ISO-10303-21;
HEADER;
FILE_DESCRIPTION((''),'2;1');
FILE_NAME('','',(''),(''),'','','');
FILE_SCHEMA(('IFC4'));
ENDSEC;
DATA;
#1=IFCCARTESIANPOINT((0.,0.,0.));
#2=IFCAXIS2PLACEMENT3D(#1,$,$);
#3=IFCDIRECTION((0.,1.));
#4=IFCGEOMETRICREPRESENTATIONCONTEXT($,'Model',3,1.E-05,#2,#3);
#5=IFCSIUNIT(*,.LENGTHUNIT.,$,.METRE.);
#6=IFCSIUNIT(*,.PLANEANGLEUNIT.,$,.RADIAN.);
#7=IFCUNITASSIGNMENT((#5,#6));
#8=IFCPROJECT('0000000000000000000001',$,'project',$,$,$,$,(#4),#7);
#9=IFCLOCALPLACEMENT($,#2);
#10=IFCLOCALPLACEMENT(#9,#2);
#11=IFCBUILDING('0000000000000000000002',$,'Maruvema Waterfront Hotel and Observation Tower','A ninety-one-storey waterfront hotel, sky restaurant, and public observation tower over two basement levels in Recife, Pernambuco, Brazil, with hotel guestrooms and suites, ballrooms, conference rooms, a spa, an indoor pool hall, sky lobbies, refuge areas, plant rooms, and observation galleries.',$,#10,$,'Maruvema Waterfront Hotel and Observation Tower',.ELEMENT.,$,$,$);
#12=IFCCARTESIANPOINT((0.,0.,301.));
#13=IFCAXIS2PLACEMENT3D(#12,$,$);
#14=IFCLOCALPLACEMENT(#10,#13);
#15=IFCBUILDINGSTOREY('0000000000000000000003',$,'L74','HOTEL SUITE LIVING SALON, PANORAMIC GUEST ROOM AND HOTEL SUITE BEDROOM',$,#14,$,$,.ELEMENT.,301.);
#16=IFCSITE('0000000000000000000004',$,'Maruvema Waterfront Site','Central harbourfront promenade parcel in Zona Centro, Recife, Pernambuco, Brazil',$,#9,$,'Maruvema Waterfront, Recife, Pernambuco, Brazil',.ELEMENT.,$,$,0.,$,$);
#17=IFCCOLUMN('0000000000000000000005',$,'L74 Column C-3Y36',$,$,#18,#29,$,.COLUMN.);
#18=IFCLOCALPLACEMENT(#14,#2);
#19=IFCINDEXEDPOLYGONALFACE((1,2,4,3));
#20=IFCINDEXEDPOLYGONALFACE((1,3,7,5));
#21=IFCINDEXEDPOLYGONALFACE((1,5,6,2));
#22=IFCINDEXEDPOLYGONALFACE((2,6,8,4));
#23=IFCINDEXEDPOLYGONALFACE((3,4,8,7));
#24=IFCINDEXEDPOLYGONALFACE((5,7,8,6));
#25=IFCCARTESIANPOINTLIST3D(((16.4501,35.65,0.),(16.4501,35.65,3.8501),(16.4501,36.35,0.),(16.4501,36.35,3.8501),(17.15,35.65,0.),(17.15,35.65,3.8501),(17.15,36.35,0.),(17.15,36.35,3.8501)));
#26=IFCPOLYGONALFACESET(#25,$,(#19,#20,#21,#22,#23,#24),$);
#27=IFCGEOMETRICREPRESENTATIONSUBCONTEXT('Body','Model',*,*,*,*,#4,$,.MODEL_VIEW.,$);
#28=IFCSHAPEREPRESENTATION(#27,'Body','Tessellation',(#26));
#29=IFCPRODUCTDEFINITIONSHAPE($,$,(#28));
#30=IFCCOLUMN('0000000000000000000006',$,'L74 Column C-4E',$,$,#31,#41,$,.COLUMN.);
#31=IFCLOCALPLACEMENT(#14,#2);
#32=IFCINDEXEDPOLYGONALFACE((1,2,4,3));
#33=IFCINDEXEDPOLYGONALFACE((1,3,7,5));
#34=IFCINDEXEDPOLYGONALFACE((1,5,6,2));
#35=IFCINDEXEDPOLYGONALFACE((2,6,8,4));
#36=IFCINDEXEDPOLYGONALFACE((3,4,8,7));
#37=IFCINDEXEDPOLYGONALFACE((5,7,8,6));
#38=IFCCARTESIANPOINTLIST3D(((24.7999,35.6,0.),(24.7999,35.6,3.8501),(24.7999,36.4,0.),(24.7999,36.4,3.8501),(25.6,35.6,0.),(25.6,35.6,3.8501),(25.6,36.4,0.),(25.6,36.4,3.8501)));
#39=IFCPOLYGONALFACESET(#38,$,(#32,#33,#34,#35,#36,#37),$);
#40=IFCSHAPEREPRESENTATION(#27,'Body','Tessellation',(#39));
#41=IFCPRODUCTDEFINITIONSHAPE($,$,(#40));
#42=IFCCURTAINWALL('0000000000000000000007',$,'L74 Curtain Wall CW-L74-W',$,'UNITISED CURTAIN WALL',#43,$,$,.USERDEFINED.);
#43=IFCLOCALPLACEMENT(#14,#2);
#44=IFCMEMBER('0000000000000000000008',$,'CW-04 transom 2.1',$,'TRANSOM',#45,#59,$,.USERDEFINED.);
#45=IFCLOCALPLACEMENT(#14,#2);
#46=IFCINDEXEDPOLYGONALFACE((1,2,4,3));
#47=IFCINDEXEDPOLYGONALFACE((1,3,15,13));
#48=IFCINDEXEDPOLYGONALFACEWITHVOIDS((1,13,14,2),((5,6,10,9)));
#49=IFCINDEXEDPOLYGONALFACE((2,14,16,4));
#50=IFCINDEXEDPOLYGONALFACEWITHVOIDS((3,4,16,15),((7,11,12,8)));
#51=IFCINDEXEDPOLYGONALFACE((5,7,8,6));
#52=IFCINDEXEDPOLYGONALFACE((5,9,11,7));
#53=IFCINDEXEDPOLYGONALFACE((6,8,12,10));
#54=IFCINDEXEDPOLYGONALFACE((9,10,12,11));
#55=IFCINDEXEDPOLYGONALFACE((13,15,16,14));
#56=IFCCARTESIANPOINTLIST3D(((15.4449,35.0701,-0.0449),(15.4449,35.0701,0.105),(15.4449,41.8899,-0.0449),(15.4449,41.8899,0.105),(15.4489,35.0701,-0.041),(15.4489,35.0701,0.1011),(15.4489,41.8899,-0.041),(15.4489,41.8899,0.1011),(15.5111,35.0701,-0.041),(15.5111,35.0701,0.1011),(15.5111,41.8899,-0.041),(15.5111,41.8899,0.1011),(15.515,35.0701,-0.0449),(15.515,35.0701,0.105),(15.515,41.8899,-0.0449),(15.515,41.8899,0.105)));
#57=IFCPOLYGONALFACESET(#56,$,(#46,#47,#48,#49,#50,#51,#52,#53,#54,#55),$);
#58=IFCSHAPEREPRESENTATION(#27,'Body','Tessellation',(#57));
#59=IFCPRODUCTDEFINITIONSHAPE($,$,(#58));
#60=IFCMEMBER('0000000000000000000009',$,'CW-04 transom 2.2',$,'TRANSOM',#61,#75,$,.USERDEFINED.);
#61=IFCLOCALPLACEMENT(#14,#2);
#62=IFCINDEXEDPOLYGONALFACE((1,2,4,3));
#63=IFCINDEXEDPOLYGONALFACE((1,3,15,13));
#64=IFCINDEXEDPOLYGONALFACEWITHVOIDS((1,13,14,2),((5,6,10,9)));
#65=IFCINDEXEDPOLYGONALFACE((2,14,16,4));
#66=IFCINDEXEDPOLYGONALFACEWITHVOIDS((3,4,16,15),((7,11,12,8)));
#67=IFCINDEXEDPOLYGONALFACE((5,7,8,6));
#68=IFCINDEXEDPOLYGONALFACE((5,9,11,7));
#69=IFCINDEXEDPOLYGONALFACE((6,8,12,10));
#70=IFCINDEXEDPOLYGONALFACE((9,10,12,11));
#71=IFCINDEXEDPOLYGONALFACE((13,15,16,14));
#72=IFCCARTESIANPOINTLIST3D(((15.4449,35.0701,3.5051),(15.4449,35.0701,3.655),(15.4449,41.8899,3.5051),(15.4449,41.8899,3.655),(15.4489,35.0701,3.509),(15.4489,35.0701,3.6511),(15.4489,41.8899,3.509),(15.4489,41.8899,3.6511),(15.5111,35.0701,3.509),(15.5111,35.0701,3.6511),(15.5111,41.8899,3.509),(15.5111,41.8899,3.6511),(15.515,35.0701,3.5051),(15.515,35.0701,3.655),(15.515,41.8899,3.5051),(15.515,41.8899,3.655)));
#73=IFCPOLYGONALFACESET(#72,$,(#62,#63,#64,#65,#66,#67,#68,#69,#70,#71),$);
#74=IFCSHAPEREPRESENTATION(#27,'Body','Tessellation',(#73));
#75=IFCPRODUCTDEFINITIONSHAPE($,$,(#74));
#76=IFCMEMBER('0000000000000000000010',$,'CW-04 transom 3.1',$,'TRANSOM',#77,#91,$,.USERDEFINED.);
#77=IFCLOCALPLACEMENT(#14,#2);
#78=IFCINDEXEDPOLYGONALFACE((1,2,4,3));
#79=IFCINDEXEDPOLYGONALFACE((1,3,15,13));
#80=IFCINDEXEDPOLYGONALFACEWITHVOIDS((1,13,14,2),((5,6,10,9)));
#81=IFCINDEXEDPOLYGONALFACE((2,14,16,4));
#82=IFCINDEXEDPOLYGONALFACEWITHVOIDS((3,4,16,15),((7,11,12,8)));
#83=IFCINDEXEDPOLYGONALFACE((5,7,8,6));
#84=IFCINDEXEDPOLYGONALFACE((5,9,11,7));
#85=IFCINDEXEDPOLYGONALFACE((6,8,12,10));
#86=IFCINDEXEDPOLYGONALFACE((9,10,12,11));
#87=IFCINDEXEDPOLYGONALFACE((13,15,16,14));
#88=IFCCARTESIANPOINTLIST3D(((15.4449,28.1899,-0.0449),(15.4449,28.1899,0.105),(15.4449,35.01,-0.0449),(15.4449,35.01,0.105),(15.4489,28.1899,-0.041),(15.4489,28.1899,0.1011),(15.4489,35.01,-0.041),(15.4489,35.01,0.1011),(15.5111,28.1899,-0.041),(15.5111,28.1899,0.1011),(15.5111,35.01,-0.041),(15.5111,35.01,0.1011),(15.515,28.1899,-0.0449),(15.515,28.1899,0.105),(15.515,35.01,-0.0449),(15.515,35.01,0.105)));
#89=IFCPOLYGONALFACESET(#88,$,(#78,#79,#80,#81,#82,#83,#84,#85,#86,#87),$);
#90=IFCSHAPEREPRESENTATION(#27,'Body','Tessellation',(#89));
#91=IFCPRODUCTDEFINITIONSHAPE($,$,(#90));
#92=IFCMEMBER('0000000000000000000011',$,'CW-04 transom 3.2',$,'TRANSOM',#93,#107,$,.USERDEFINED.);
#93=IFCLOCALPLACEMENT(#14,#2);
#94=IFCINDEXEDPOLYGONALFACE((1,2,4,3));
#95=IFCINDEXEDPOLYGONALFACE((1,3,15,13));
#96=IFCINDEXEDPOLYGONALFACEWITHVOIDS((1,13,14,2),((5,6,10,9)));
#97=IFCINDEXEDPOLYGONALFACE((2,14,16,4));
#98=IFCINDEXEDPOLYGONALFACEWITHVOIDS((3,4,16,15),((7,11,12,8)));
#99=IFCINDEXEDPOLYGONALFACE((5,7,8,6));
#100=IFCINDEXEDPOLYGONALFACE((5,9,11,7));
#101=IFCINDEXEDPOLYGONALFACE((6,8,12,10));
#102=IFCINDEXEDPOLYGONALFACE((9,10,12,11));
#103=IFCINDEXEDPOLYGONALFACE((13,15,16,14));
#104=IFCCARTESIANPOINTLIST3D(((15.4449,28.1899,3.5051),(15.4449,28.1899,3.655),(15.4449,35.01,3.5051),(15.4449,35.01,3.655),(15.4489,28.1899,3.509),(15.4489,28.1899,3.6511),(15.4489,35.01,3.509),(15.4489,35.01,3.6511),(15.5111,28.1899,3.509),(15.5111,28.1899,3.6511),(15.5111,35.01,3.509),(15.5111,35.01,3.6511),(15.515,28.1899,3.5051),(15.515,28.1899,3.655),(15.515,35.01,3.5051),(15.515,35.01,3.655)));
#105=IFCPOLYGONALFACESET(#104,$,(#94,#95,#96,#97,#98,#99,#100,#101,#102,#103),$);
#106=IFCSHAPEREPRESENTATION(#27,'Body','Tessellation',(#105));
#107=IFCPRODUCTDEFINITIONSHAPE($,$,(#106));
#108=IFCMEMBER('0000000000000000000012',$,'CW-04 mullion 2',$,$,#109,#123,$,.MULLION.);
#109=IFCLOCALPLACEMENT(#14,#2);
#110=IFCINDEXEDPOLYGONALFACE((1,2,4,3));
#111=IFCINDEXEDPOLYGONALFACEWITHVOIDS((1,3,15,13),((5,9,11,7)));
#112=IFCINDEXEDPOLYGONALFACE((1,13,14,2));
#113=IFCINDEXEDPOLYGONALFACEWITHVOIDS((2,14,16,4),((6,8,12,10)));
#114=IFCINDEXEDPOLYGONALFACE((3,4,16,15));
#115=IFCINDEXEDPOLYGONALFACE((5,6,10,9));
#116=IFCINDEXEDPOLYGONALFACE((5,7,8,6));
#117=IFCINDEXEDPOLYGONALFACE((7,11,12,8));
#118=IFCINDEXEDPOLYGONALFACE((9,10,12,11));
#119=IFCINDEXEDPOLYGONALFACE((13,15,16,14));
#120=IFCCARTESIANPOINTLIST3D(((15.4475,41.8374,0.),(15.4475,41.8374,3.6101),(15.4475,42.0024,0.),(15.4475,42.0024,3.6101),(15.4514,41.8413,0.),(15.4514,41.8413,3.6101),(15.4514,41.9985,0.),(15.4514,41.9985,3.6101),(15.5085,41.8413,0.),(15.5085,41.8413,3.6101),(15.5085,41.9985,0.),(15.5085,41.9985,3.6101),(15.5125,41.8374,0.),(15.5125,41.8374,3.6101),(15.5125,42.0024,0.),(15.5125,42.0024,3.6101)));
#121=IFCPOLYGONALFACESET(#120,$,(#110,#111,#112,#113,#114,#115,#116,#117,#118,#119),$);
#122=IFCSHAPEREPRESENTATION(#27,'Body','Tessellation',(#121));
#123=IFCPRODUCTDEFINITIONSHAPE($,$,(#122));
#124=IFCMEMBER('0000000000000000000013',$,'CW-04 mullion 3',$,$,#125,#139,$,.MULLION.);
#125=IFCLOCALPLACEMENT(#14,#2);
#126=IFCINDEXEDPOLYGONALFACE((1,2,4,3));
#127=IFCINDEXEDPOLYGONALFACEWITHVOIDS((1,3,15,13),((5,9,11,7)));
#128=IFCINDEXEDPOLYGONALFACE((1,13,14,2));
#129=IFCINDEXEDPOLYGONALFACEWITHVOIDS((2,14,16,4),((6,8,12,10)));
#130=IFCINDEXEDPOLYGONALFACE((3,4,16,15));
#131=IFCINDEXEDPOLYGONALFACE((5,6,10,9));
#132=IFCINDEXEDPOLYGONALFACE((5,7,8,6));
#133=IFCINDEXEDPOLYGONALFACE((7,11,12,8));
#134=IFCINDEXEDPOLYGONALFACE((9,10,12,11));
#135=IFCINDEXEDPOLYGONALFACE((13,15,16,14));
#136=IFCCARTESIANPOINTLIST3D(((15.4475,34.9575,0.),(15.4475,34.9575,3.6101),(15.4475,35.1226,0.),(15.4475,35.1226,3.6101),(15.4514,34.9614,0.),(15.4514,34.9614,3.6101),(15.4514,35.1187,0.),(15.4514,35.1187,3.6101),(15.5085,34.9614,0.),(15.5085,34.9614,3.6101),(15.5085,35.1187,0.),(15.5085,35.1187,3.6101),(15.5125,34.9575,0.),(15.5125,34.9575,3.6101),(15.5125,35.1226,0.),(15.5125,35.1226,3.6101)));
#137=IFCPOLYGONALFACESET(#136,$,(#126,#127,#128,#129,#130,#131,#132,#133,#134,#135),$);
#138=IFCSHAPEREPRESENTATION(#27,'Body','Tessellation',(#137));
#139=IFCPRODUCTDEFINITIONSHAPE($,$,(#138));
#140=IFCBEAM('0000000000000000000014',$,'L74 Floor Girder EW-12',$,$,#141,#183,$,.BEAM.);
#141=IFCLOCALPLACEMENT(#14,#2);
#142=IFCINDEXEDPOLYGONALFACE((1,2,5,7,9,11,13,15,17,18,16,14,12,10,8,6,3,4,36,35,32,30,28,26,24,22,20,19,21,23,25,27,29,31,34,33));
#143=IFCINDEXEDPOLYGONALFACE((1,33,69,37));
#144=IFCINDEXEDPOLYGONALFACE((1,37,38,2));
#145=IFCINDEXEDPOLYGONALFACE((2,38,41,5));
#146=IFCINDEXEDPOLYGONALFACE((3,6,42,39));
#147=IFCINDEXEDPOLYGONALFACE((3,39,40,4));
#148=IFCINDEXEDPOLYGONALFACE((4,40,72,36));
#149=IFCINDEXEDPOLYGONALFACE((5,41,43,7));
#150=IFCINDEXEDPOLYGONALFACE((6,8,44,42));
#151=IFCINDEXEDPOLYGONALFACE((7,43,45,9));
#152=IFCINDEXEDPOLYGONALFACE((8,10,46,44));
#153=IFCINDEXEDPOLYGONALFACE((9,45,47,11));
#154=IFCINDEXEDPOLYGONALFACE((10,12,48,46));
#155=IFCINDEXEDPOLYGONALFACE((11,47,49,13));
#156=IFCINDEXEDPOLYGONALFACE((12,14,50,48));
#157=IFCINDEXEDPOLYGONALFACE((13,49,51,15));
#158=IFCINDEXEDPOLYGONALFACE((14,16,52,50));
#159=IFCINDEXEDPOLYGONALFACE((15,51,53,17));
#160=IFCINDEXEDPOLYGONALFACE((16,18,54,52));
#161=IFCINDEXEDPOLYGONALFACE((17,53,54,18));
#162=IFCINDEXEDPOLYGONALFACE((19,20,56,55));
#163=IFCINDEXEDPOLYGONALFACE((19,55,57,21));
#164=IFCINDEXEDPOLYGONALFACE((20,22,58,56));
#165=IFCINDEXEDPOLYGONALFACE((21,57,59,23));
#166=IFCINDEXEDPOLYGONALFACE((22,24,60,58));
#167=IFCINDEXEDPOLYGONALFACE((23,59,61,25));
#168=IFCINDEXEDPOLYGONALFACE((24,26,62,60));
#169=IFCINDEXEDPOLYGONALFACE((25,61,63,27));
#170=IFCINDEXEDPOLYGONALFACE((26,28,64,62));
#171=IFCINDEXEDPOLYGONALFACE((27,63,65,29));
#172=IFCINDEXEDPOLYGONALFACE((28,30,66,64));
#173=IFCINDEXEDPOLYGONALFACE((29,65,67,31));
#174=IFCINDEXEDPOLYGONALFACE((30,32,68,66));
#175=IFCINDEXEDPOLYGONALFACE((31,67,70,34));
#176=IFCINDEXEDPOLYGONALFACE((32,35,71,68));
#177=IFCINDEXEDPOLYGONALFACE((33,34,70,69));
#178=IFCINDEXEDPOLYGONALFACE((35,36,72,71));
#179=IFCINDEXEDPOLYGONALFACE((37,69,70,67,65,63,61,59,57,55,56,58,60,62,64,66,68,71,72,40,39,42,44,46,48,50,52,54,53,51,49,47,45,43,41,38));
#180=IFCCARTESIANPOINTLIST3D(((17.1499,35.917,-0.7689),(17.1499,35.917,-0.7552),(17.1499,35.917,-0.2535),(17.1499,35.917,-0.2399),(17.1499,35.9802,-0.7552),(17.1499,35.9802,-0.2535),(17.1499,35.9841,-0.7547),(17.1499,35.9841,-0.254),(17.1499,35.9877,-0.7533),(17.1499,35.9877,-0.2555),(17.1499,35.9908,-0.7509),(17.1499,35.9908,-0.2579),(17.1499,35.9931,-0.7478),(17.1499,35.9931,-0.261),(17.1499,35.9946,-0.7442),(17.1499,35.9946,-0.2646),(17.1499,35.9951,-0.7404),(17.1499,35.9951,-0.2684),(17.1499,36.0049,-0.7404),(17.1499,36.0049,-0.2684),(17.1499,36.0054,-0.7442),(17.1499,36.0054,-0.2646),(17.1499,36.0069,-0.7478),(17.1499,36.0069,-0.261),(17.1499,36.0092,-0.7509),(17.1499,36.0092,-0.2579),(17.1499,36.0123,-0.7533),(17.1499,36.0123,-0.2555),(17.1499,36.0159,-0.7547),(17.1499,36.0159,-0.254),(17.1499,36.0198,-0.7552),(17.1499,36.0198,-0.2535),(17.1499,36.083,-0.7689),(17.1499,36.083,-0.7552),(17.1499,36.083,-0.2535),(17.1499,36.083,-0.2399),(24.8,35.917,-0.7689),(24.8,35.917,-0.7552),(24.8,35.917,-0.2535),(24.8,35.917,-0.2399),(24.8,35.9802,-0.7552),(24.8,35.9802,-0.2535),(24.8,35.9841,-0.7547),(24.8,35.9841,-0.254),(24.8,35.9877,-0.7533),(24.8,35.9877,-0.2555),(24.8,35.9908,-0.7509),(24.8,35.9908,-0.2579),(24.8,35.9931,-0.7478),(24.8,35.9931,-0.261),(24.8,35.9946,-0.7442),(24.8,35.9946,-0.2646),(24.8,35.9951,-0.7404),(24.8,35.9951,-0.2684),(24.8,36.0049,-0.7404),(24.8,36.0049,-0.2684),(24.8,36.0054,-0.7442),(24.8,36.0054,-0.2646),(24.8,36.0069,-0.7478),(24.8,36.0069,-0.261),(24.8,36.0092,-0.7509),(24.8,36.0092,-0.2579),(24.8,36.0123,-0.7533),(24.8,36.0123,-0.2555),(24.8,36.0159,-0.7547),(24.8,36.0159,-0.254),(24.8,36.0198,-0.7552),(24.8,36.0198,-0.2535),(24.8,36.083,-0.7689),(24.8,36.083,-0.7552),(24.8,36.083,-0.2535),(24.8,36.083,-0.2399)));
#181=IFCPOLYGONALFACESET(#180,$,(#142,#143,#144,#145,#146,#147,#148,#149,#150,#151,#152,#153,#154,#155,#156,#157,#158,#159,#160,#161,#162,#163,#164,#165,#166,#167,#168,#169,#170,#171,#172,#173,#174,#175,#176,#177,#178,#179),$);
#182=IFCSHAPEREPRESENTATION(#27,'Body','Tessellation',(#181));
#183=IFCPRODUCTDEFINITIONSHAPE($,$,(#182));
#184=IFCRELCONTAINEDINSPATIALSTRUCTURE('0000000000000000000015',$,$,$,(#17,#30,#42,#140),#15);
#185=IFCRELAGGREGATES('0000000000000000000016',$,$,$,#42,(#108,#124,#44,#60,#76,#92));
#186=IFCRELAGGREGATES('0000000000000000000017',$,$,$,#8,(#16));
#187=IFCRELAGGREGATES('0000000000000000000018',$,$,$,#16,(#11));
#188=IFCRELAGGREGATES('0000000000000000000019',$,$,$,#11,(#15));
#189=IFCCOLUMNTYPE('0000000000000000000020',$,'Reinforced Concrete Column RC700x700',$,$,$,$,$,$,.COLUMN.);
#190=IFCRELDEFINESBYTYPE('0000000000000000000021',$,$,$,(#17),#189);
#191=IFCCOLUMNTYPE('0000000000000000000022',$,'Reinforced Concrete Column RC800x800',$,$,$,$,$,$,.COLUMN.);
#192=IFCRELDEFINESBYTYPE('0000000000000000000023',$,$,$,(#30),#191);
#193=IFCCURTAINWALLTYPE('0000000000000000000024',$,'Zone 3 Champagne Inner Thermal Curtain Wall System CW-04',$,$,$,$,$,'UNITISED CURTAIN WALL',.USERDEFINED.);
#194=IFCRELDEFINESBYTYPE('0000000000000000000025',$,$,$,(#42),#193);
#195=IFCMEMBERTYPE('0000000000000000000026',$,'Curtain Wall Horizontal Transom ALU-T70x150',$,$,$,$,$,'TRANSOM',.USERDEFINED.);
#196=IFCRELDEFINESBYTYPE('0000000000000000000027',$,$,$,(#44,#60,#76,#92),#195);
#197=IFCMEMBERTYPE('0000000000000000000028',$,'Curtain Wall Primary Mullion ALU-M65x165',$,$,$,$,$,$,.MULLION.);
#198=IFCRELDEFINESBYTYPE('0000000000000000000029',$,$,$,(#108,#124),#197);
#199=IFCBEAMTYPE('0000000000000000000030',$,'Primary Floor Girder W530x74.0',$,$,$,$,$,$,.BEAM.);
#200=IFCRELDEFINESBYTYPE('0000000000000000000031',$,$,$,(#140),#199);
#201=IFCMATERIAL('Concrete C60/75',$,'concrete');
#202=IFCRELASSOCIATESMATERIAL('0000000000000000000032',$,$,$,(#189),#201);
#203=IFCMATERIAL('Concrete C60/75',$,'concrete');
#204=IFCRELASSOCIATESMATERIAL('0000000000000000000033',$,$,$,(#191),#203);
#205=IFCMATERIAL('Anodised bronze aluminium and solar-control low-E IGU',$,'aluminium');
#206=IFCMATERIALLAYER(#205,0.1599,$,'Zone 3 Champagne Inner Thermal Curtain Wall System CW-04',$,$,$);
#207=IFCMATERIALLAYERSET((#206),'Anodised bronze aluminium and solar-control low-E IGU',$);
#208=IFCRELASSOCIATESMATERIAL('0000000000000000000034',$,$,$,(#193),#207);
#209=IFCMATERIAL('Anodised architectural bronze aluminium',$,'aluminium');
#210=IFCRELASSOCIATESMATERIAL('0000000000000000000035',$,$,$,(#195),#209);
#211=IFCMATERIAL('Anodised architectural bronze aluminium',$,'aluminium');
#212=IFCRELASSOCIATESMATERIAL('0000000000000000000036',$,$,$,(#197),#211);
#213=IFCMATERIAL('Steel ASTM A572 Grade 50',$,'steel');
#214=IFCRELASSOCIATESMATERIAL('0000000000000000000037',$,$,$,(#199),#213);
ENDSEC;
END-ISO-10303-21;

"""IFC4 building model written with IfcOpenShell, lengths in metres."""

from ifc_helpers import new_model, si_unit, direction, frame, origin, origin_2d, place, context, subcontext, project, spatial, rectangle, hollow_rectangle, i_section, extrude, material, layer, layer_set, material_profile, profile_set, type_object, element, aggregate, save


model = new_model("IFC4")

# Units and contexts
model_context = context("Model", 3, precision=1e-05, world=origin(), true_north=direction((0.0, 1.0)))
body_context = subcontext(model_context, "Body", "Model", "MODEL_VIEW")
ifc_project = project(units=[si_unit("LENGTHUNIT", "METRE"), si_unit("PLANEANGLEUNIT", "RADIAN")], contexts=[model_context])

# Site, building, storey
site_placement = place(None, origin())
site = spatial("IfcSite", under=ifc_project, at=site_placement, Name="Maruvema Waterfront Site", Description="Central harbourfront promenade parcel in Zona Centro, Recife, Pernambuco, Brazil", LongName="Maruvema Waterfront, Recife, Pernambuco, Brazil", CompositionType="ELEMENT", RefElevation=0.0)
building_placement = place(site_placement, origin())
building = spatial("IfcBuilding", under=site, at=building_placement, Name="Maruvema Waterfront Hotel and Observation Tower", Description="A ninety-one-storey waterfront hotel, sky restaurant, and public observation tower over two basement levels in Recife, Pernambuco, Brazil, with hotel guestrooms and suites, ballrooms, conference rooms, a spa, an indoor pool hall, sky lobbies, refuge areas, plant rooms, and observation galleries.", LongName="Maruvema Waterfront Hotel and Observation Tower", CompositionType="ELEMENT")
storey_placement = place(building_placement, frame((0.0, 0.0, 301.0)))
storey = spatial("IfcBuildingStorey", under=building, at=storey_placement, Name="L74", Description="HOTEL SUITE LIVING SALON, PANORAMIC GUEST ROOM AND HOTEL SUITE BEDROOM", CompositionType="ELEMENT", Elevation=301.0)

# Columns
ifc_material_1 = material(Name="Concrete C60/75", Category="concrete")
ifc_material_profile_1 = material_profile(ifc_material_1, rectangle(XDim=0.7, YDim=0.7, at=origin_2d()), Name="RC700x700")
ifc_profile_set_1 = profile_set([ifc_material_profile_1], Name="Concrete C60/75")
column_type_1 = type_object("IfcColumnType", Name="Reinforced Concrete Column RC700x700", PredefinedType="COLUMN", material=ifc_profile_set_1)
column_1_placement = place(storey_placement, frame((16.8, 36.0, 0.0), z_axis=(0.0, 0.0, 1.0), x_axis=(1.0, 0.0, 0.0)))
element("IfcColumn", 1, at=column_1_placement, inside=storey, type_object=column_type_1, Name="L74 Column C-3Y36", PredefinedType="COLUMN", context=body_context, shape_type="SweptSolid", body=[
    extrude(rectangle(XDim=0.7, YDim=0.7, at=origin_2d()), origin(), (0.0, 0.0, 1.0), 3.8501),
])
ifc_material_2 = material(Name="Concrete C60/75", Category="concrete")
ifc_material_profile_2 = material_profile(ifc_material_2, rectangle(XDim=0.8, YDim=0.8, at=origin_2d()), Name="RC800x800")
ifc_profile_set_2 = profile_set([ifc_material_profile_2], Name="Concrete C60/75")
column_type_2 = type_object("IfcColumnType", Name="Reinforced Concrete Column RC800x800", PredefinedType="COLUMN", material=ifc_profile_set_2)
column_2_placement = place(storey_placement, frame((25.2, 36.0, 0.0), z_axis=(0.0, 0.0, 1.0), x_axis=(1.0, 0.0, 0.0)))
element("IfcColumn", 2, at=column_2_placement, inside=storey, type_object=column_type_2, Name="L74 Column C-4E", PredefinedType="COLUMN", context=body_context, shape_type="SweptSolid", body=[
    extrude(rectangle(XDim=0.8, YDim=0.8, at=origin_2d()), origin(), (0.0, 0.0, 1.0), 3.8501),
])

# Curtain wall, members
ifc_material_3 = material(Name="Anodised bronze aluminium and solar-control low-E IGU", Category="aluminium")
ifc_layer_1 = layer(ifc_material_3, 0.1599, Name="Zone 3 Champagne Inner Thermal Curtain Wall System CW-04")
ifc_layer_set_1 = layer_set([ifc_layer_1], Name="Anodised bronze aluminium and solar-control low-E IGU")
curtain_wall_type = type_object("IfcCurtainWallType", Name="Zone 3 Champagne Inner Thermal Curtain Wall System CW-04", ElementType="UNITISED CURTAIN WALL", PredefinedType="USERDEFINED", material=ifc_layer_set_1)
curtain_wall_placement = place(storey_placement, origin())
curtain_wall = element("IfcCurtainWall", 3, at=curtain_wall_placement, inside=storey, type_object=curtain_wall_type, Name="L74 Curtain Wall CW-L74-W", ObjectType="UNITISED CURTAIN WALL", PredefinedType="USERDEFINED")
ifc_material_4 = material(Name="Anodised architectural bronze aluminium", Category="aluminium")
ifc_material_profile_3 = material_profile(ifc_material_4, hollow_rectangle(XDim=0.0701, YDim=0.1499, WallThickness=0.0039, at=origin_2d()), Name="ALU-T70x150")
ifc_profile_set_3 = profile_set([ifc_material_profile_3], Name="Anodised architectural bronze aluminium")
member_type_1 = type_object("IfcMemberType", Name="Curtain Wall Horizontal Transom ALU-T70x150", ElementType="TRANSOM", PredefinedType="USERDEFINED", material=ifc_profile_set_3)
member_1_placement = place(storey_placement, frame((15.48, 41.8899, 0.03), z_axis=(0.0, -1.0, 0.0), x_axis=(1.0, 0.0, 0.0)))
member_1 = element("IfcMember", 4, at=member_1_placement, type_object=member_type_1, Name="CW-04 transom 2.1", ObjectType="TRANSOM", PredefinedType="USERDEFINED", context=body_context, shape_type="SweptSolid", body=[
    extrude(hollow_rectangle(XDim=0.0701, YDim=0.1499, WallThickness=0.0039, at=origin_2d()), origin(), (0.0, 0.0, 1.0), 6.8198),
])
member_2_placement = place(storey_placement, frame((15.48, 41.8899, 3.5801), z_axis=(0.0, -1.0, 0.0), x_axis=(1.0, 0.0, 0.0)))
member_2 = element("IfcMember", 5, at=member_2_placement, type_object=member_type_1, Name="CW-04 transom 2.2", ObjectType="TRANSOM", PredefinedType="USERDEFINED", context=body_context, shape_type="SweptSolid", body=[
    extrude(hollow_rectangle(XDim=0.0701, YDim=0.1499, WallThickness=0.0039, at=origin_2d()), origin(), (0.0, 0.0, 1.0), 6.8198),
])
member_3_placement = place(storey_placement, frame((15.48, 35.01, 0.03), z_axis=(0.0, -1.0, 0.0), x_axis=(1.0, 0.0, 0.0)))
member_3 = element("IfcMember", 6, at=member_3_placement, type_object=member_type_1, Name="CW-04 transom 3.1", ObjectType="TRANSOM", PredefinedType="USERDEFINED", context=body_context, shape_type="SweptSolid", body=[
    extrude(hollow_rectangle(XDim=0.0701, YDim=0.1499, WallThickness=0.0039, at=origin_2d()), origin(), (0.0, 0.0, 1.0), 6.8201),
])
member_4_placement = place(storey_placement, frame((15.48, 35.01, 3.5801), z_axis=(0.0, -1.0, 0.0), x_axis=(1.0, 0.0, 0.0)))
member_4 = element("IfcMember", 7, at=member_4_placement, type_object=member_type_1, Name="CW-04 transom 3.2", ObjectType="TRANSOM", PredefinedType="USERDEFINED", context=body_context, shape_type="SweptSolid", body=[
    extrude(hollow_rectangle(XDim=0.0701, YDim=0.1499, WallThickness=0.0039, at=origin_2d()), origin(), (0.0, 0.0, 1.0), 6.8201),
])
ifc_material_5 = material(Name="Anodised architectural bronze aluminium", Category="aluminium")
ifc_material_profile_4 = material_profile(ifc_material_5, hollow_rectangle(XDim=0.0649, YDim=0.165, WallThickness=0.0039, at=origin_2d()), Name="ALU-M65x165")
ifc_profile_set_4 = profile_set([ifc_material_profile_4], Name="Anodised architectural bronze aluminium")
member_type_2 = type_object("IfcMemberType", Name="Curtain Wall Primary Mullion ALU-M65x165", PredefinedType="MULLION", material=ifc_profile_set_4)
member_5_placement = place(storey_placement, frame((15.48, 41.9199, 0.0), z_axis=(0.0, 0.0, 1.0), x_axis=(1.0, 0.0, 0.0)))
member_5 = element("IfcMember", 8, at=member_5_placement, type_object=member_type_2, Name="CW-04 mullion 2", PredefinedType="MULLION", context=body_context, shape_type="SweptSolid", body=[
    extrude(hollow_rectangle(XDim=0.0649, YDim=0.165, WallThickness=0.0039, at=origin_2d()), origin(), (0.0, 0.0, 1.0), 3.6101),
])
member_6_placement = place(storey_placement, frame((15.48, 35.04, 0.0), z_axis=(0.0, 0.0, 1.0), x_axis=(1.0, 0.0, 0.0)))
member_6 = element("IfcMember", 9, at=member_6_placement, type_object=member_type_2, Name="CW-04 mullion 3", PredefinedType="MULLION", context=body_context, shape_type="SweptSolid", body=[
    extrude(hollow_rectangle(XDim=0.0649, YDim=0.165, WallThickness=0.0039, at=origin_2d()), origin(), (0.0, 0.0, 1.0), 3.6101),
])

# Beam
ifc_material_6 = material(Name="Steel ASTM A572 Grade 50", Category="steel")
ifc_material_profile_5 = material_profile(ifc_material_6, i_section(OverallWidth=0.166, OverallDepth=0.5291, WebThickness=0.0098, FlangeThickness=0.0137, FilletRadius=0.0149, at=origin_2d()), Name="W530x74.0")
ifc_profile_set_5 = profile_set([ifc_material_profile_5], Name="Steel ASTM A572 Grade 50")
beam_type_1 = type_object("IfcBeamType", Name="Primary Floor Girder W530x74.0", PredefinedType="BEAM", material=ifc_profile_set_5)
beam_1_placement = place(storey_placement, frame((17.1499, 36.0, -0.5044), z_axis=(1.0, 0.0, 0.0), x_axis=(0.0, 1.0, 0.0)))
element("IfcBeam", 10, at=beam_1_placement, inside=storey, type_object=beam_type_1, Name="L74 Floor Girder EW-12", PredefinedType="BEAM", context=body_context, shape_type="SweptSolid", body=[
    extrude(i_section(OverallWidth=0.166, OverallDepth=0.5291, WebThickness=0.0098, FlangeThickness=0.0137, FilletRadius=0.0149, at=origin_2d()), origin(), (0.0, 0.0, 1.0), 7.6501),
])

aggregate(curtain_wall, [member_5, member_6, member_1, member_2, member_3, member_4])

save(model, "model.ifc")
